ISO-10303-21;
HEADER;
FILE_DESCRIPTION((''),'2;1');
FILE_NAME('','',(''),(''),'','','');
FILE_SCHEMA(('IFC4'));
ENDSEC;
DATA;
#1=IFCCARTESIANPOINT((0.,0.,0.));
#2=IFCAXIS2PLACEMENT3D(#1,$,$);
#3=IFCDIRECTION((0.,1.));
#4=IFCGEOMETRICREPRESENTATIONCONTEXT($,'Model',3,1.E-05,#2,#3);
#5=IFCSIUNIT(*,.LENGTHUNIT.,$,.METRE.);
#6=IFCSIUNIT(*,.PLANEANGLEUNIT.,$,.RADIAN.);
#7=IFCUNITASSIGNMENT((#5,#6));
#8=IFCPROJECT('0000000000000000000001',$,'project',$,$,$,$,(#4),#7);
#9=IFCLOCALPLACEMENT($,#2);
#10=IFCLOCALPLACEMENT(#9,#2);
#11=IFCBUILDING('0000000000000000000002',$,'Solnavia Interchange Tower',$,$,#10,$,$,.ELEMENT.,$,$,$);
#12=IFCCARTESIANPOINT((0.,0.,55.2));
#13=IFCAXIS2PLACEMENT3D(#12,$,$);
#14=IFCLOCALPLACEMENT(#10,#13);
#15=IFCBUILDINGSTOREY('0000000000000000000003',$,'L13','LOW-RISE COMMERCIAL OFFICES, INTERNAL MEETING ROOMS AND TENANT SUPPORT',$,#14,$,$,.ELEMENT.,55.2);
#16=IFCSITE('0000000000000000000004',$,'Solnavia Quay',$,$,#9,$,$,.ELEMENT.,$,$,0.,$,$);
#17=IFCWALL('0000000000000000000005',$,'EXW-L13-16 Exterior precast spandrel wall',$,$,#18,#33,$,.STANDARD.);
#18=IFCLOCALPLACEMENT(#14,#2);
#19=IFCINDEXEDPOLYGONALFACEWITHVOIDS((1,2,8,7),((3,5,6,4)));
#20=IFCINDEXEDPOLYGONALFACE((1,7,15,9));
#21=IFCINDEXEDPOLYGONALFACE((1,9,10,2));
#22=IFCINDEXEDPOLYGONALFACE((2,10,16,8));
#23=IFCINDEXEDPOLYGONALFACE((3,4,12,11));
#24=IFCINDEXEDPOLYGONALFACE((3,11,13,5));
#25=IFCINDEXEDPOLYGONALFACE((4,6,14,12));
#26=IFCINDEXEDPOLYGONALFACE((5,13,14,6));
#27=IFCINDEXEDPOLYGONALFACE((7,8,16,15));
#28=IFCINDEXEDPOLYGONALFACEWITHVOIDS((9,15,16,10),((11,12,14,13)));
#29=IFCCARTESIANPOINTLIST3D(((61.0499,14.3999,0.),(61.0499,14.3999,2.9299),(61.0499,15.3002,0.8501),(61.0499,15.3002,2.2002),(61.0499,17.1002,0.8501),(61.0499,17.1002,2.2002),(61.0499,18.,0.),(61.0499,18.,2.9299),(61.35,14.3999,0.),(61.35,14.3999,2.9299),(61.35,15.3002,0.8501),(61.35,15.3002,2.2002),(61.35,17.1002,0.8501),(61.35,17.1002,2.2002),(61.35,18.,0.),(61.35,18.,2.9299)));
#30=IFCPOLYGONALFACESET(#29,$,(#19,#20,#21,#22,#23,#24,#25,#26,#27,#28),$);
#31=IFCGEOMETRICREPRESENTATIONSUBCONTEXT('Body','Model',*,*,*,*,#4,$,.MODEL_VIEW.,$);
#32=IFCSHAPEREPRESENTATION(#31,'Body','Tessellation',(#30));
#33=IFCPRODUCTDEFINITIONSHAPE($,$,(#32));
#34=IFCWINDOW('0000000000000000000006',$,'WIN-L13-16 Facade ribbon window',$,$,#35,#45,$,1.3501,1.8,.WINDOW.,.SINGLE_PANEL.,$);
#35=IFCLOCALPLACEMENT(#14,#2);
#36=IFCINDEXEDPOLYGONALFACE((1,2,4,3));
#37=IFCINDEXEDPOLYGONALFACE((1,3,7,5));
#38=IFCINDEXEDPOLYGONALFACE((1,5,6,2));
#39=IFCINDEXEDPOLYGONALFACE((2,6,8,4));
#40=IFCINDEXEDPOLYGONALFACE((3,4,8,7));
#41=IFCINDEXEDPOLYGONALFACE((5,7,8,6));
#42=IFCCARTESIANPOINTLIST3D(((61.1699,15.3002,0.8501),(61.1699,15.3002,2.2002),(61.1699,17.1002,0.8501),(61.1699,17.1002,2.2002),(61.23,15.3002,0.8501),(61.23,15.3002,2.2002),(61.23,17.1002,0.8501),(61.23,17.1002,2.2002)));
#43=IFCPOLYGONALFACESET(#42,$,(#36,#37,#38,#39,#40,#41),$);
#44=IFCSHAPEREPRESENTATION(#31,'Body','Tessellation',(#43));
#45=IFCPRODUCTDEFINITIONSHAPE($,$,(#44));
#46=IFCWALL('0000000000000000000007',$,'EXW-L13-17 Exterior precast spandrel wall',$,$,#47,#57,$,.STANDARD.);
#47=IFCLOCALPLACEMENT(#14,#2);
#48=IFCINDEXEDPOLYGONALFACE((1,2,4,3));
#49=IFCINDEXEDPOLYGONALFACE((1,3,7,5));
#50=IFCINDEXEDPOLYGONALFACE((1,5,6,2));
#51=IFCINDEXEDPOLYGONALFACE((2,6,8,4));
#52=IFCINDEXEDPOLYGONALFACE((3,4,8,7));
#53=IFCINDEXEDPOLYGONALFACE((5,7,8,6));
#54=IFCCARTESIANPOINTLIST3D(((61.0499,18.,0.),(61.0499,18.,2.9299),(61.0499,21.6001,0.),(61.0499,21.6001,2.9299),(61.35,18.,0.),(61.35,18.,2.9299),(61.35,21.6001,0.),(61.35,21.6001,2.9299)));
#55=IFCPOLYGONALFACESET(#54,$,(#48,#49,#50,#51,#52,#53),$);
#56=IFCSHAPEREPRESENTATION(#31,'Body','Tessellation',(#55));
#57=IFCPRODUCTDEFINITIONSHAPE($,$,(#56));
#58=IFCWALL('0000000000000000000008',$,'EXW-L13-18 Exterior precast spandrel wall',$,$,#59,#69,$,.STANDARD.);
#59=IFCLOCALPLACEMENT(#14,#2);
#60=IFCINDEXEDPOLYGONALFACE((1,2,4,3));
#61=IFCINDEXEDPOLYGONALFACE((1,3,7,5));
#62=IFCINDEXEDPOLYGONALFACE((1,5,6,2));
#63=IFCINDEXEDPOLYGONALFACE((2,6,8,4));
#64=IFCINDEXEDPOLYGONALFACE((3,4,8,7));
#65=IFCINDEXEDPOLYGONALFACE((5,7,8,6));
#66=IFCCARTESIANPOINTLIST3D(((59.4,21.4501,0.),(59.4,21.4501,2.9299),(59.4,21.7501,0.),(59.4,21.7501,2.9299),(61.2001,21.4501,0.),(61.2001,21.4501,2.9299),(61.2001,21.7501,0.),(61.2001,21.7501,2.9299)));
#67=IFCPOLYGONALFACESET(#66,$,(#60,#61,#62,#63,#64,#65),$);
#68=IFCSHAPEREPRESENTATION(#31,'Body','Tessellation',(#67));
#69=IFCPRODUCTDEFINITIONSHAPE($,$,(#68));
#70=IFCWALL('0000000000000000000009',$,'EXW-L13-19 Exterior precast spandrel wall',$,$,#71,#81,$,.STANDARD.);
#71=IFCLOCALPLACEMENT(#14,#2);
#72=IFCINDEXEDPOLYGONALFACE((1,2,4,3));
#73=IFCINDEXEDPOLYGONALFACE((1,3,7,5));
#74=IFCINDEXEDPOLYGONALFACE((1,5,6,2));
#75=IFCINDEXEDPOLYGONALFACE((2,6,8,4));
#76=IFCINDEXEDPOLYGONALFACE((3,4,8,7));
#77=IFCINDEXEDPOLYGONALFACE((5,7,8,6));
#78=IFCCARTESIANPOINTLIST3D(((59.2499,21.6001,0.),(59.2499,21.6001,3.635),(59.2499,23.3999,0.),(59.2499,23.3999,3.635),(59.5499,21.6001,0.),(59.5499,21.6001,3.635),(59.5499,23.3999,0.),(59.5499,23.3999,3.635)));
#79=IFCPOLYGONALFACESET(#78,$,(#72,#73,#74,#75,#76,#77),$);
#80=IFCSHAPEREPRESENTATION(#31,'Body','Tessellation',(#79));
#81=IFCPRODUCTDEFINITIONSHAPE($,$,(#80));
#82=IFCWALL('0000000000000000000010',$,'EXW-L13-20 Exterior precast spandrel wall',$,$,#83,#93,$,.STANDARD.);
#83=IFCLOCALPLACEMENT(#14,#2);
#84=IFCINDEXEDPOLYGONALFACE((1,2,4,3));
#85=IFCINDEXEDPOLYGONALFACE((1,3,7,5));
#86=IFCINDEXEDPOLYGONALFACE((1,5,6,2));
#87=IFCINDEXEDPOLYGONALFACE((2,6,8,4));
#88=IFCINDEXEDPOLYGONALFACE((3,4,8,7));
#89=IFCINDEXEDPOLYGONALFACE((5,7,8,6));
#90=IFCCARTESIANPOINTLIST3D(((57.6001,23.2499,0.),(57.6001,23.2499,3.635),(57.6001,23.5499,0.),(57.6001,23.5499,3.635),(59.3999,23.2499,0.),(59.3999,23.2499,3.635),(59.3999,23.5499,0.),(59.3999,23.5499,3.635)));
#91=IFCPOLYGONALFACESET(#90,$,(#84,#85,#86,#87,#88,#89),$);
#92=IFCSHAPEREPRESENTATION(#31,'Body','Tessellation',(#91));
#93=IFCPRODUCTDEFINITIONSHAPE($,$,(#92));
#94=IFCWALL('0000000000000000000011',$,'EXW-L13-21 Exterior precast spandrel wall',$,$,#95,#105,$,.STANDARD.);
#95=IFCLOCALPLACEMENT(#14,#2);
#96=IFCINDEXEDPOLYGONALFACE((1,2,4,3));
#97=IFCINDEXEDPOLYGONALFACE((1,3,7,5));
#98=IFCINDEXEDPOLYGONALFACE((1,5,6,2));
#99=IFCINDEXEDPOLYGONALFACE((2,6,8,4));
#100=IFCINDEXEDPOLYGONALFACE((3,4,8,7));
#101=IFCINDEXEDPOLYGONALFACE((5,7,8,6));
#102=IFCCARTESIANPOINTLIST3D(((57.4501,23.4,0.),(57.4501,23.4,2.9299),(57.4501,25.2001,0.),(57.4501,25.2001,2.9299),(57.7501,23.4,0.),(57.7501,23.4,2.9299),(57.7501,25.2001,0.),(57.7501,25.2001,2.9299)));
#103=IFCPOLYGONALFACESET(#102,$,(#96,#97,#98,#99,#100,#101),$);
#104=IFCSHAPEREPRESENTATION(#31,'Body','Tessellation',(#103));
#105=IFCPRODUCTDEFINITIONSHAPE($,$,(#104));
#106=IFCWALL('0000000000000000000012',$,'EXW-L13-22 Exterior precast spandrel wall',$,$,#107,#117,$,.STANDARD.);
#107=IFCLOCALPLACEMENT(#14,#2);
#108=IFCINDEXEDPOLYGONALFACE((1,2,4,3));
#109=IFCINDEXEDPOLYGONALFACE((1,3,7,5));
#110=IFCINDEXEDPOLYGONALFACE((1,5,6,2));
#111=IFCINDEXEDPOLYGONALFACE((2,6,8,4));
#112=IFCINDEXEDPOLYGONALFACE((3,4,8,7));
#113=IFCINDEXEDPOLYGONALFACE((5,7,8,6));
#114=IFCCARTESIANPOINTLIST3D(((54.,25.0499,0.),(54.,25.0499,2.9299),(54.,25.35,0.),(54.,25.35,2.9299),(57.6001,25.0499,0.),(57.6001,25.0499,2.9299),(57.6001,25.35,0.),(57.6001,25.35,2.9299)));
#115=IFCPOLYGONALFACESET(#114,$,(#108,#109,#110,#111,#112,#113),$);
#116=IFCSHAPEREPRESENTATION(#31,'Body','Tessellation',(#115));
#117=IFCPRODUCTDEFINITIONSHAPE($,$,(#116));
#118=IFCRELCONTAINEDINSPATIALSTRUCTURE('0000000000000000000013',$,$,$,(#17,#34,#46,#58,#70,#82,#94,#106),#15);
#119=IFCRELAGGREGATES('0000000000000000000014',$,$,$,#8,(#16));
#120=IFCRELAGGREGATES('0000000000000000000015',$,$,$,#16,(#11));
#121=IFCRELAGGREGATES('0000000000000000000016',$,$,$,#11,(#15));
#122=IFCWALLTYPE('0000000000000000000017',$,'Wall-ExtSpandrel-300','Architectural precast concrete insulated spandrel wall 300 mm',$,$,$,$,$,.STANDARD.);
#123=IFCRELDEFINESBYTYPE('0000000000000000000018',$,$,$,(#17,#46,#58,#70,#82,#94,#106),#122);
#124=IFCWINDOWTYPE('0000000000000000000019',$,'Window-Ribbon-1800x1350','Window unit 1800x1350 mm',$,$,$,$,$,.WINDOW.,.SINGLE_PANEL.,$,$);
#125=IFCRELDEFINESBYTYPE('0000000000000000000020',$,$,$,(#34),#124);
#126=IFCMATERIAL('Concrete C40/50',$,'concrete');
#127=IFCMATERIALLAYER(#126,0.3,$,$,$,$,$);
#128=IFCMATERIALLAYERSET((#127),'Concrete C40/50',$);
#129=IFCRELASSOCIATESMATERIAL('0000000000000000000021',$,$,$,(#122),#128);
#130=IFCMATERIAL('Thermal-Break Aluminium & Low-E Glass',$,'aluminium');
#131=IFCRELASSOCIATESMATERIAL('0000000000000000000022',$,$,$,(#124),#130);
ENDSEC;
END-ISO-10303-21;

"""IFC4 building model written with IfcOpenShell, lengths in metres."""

from ifc_helpers import new_model, si_unit, direction, frame, frame_2d, origin, place, context, subcontext, project, spatial, rectangle, extrude, material, layer, layer_set, type_object, element, fill, save


model = new_model("IFC4")

# Units and contexts
model_context = context("Model", 3, precision=1e-05, world=origin(), true_north=direction((0.0, 1.0)))
body_context = subcontext(model_context, "Body", "Model", "MODEL_VIEW")
ifc_project = project(units=[si_unit("LENGTHUNIT", "METRE"), si_unit("PLANEANGLEUNIT", "RADIAN")], contexts=[model_context])

# Site, building, storey
site_placement = place(None, origin())
site = spatial("IfcSite", under=ifc_project, at=site_placement, Name="Solnavia Quay", CompositionType="ELEMENT", RefElevation=0.0)
building_placement = place(site_placement, origin())
building = spatial("IfcBuilding", under=site, at=building_placement, Name="Solnavia Interchange Tower", CompositionType="ELEMENT")
storey_placement = place(building_placement, frame((0.0, 0.0, 55.2)))
storey = spatial("IfcBuildingStorey", under=building, at=storey_placement, Name="L13", Description="LOW-RISE COMMERCIAL OFFICES, INTERNAL MEETING ROOMS AND TENANT SUPPORT", CompositionType="ELEMENT", Elevation=55.2)

# Wall, opening, window
ifc_material_1 = material(Name="Concrete C40/50", Category="concrete")
ifc_layer_1 = layer(ifc_material_1, 0.3)
ifc_layer_set_1 = layer_set([ifc_layer_1], Name="Concrete C40/50")
wall_type_1 = type_object("IfcWallType", Name="Wall-ExtSpandrel-300", Description="Architectural precast concrete insulated spandrel wall 300 mm", PredefinedType="STANDARD", material=ifc_layer_set_1)
wall_1_placement = place(storey_placement, frame((61.2, 18.0, 0.0), z_axis=(0.0, 0.0, 1.0), x_axis=(0.0, -1.0, 0.0)))
wall_1 = element("IfcWall", 1, at=wall_1_placement, inside=storey, type_object=wall_type_1, Name="EXW-L13-16 Exterior precast spandrel wall", PredefinedType="STANDARD", context=body_context, shape_type="SweptSolid", body=[
    extrude(rectangle(XDim=3.6001, YDim=0.3, at=frame_2d((1.8, 0.0))), origin(), (0.0, 0.0, 1.0), 2.9299),
])
opening_1_placement = place(wall_1_placement, frame((0.8999, 0.0, 0.8501)))
opening_1 = element("IfcOpeningElement", 2, at=opening_1_placement, cuts=wall_1, PredefinedType="OPENING", context=body_context, shape_type="SweptSolid", body=[
    extrude(rectangle(XDim=1.8, YDim=1.3501, at=frame_2d((0.8999, 0.675))), frame((0.0, 0.1602, 0.0), z_axis=(0.0, -1.0, 0.0), x_axis=(1.0, 0.0, 0.0)), (0.0, 0.0, 1.0), 0.3201),
])
ifc_material_2 = material(Name="Thermal-Break Aluminium & Low-E Glass", Category="aluminium")
window_type = type_object("IfcWindowType", Name="Window-Ribbon-1800x1350", Description="Window unit 1800x1350 mm", PartitioningType="SINGLE_PANEL", PredefinedType="WINDOW", material=ifc_material_2)
window_placement = place(opening_1_placement, origin())
window = element("IfcWindow", 3, at=window_placement, inside=storey, type_object=window_type, Name="WIN-L13-16 Facade ribbon window", OverallHeight=1.3501, OverallWidth=1.8, PartitioningType="SINGLE_PANEL", PredefinedType="WINDOW", context=body_context, shape_type="SweptSolid", body=[
    extrude(rectangle(XDim=1.8, YDim=1.3501, at=frame_2d((0.8999, 0.675))), frame((0.0, 0.03, 0.0), z_axis=(0.0, -1.0, 0.0), x_axis=(1.0, 0.0, 0.0)), (0.0, 0.0, 1.0), 0.0601),
])
fill(opening_1, window)

# Walls
wall_2_placement = place(storey_placement, frame((61.2, 21.6001, 0.0), z_axis=(0.0, 0.0, 1.0), x_axis=(0.0, -1.0, 0.0)))
element("IfcWall", 4, at=wall_2_placement, inside=storey, type_object=wall_type_1, Name="EXW-L13-17 Exterior precast spandrel wall", PredefinedType="STANDARD", context=body_context, shape_type="SweptSolid", body=[
    extrude(rectangle(XDim=3.6001, YDim=0.3, at=frame_2d((1.8, 0.0))), origin(), (0.0, 0.0, 1.0), 2.9299),
])
wall_3_placement = place(storey_placement, frame((61.2, 21.6001, 0.0), z_axis=(0.0, 0.0, 1.0), x_axis=(-1.0, 0.0, 0.0)))
element("IfcWall", 5, at=wall_3_placement, inside=storey, type_object=wall_type_1, Name="EXW-L13-18 Exterior precast spandrel wall", PredefinedType="STANDARD", context=body_context, shape_type="SweptSolid", body=[
    extrude(rectangle(XDim=1.8, YDim=0.3, at=frame_2d((0.8999, 0.0))), origin(), (0.0, 0.0, 1.0), 2.9299),
])
for number, where, z_axis, x_axis, name in (
    (6, (59.3999, 23.3999, 0.0), (0.0, 0.0, 1.0), (0.0, -1.0, 0.0), "EXW-L13-19 Exterior precast spandrel wall"),
    (7, (57.6001, 23.3999, 0.0), (0.0, 0.0, 1.0), (1.0, 0.0, 0.0), "EXW-L13-20 Exterior precast spandrel wall"),
):
    element("IfcWall", number, at=place(storey_placement, frame(where, z_axis=z_axis, x_axis=x_axis)), inside=storey, type_object=wall_type_1, Name=name, PredefinedType="STANDARD", context=body_context, shape_type="SweptSolid", body=[
        extrude(rectangle(XDim=1.7998, YDim=0.3, at=frame_2d((0.8999, 0.0))), origin(), (0.0, 0.0, 1.0), 3.635),
    ])
wall_4_placement = place(storey_placement, frame((57.6001, 25.2, 0.0), z_axis=(0.0, 0.0, 1.0), x_axis=(0.0, -1.0, 0.0)))
element("IfcWall", 8, at=wall_4_placement, inside=storey, type_object=wall_type_1, Name="EXW-L13-21 Exterior precast spandrel wall", PredefinedType="STANDARD", context=body_context, shape_type="SweptSolid", body=[
    extrude(rectangle(XDim=1.8, YDim=0.3, at=frame_2d((0.8999, 0.0))), origin(), (0.0, 0.0, 1.0), 2.9299),
])
wall_5_placement = place(storey_placement, frame((54.0, 25.2, 0.0), z_axis=(0.0, 0.0, 1.0), x_axis=(1.0, 0.0, 0.0)))
element("IfcWall", 9, at=wall_5_placement, inside=storey, type_object=wall_type_1, Name="EXW-L13-22 Exterior precast spandrel wall", PredefinedType="STANDARD", context=body_context, shape_type="SweptSolid", body=[
    extrude(rectangle(XDim=3.6001, YDim=0.3, at=frame_2d((1.8, 0.0))), origin(), (0.0, 0.0, 1.0), 2.9299),
])

save(model, "model.ifc")
